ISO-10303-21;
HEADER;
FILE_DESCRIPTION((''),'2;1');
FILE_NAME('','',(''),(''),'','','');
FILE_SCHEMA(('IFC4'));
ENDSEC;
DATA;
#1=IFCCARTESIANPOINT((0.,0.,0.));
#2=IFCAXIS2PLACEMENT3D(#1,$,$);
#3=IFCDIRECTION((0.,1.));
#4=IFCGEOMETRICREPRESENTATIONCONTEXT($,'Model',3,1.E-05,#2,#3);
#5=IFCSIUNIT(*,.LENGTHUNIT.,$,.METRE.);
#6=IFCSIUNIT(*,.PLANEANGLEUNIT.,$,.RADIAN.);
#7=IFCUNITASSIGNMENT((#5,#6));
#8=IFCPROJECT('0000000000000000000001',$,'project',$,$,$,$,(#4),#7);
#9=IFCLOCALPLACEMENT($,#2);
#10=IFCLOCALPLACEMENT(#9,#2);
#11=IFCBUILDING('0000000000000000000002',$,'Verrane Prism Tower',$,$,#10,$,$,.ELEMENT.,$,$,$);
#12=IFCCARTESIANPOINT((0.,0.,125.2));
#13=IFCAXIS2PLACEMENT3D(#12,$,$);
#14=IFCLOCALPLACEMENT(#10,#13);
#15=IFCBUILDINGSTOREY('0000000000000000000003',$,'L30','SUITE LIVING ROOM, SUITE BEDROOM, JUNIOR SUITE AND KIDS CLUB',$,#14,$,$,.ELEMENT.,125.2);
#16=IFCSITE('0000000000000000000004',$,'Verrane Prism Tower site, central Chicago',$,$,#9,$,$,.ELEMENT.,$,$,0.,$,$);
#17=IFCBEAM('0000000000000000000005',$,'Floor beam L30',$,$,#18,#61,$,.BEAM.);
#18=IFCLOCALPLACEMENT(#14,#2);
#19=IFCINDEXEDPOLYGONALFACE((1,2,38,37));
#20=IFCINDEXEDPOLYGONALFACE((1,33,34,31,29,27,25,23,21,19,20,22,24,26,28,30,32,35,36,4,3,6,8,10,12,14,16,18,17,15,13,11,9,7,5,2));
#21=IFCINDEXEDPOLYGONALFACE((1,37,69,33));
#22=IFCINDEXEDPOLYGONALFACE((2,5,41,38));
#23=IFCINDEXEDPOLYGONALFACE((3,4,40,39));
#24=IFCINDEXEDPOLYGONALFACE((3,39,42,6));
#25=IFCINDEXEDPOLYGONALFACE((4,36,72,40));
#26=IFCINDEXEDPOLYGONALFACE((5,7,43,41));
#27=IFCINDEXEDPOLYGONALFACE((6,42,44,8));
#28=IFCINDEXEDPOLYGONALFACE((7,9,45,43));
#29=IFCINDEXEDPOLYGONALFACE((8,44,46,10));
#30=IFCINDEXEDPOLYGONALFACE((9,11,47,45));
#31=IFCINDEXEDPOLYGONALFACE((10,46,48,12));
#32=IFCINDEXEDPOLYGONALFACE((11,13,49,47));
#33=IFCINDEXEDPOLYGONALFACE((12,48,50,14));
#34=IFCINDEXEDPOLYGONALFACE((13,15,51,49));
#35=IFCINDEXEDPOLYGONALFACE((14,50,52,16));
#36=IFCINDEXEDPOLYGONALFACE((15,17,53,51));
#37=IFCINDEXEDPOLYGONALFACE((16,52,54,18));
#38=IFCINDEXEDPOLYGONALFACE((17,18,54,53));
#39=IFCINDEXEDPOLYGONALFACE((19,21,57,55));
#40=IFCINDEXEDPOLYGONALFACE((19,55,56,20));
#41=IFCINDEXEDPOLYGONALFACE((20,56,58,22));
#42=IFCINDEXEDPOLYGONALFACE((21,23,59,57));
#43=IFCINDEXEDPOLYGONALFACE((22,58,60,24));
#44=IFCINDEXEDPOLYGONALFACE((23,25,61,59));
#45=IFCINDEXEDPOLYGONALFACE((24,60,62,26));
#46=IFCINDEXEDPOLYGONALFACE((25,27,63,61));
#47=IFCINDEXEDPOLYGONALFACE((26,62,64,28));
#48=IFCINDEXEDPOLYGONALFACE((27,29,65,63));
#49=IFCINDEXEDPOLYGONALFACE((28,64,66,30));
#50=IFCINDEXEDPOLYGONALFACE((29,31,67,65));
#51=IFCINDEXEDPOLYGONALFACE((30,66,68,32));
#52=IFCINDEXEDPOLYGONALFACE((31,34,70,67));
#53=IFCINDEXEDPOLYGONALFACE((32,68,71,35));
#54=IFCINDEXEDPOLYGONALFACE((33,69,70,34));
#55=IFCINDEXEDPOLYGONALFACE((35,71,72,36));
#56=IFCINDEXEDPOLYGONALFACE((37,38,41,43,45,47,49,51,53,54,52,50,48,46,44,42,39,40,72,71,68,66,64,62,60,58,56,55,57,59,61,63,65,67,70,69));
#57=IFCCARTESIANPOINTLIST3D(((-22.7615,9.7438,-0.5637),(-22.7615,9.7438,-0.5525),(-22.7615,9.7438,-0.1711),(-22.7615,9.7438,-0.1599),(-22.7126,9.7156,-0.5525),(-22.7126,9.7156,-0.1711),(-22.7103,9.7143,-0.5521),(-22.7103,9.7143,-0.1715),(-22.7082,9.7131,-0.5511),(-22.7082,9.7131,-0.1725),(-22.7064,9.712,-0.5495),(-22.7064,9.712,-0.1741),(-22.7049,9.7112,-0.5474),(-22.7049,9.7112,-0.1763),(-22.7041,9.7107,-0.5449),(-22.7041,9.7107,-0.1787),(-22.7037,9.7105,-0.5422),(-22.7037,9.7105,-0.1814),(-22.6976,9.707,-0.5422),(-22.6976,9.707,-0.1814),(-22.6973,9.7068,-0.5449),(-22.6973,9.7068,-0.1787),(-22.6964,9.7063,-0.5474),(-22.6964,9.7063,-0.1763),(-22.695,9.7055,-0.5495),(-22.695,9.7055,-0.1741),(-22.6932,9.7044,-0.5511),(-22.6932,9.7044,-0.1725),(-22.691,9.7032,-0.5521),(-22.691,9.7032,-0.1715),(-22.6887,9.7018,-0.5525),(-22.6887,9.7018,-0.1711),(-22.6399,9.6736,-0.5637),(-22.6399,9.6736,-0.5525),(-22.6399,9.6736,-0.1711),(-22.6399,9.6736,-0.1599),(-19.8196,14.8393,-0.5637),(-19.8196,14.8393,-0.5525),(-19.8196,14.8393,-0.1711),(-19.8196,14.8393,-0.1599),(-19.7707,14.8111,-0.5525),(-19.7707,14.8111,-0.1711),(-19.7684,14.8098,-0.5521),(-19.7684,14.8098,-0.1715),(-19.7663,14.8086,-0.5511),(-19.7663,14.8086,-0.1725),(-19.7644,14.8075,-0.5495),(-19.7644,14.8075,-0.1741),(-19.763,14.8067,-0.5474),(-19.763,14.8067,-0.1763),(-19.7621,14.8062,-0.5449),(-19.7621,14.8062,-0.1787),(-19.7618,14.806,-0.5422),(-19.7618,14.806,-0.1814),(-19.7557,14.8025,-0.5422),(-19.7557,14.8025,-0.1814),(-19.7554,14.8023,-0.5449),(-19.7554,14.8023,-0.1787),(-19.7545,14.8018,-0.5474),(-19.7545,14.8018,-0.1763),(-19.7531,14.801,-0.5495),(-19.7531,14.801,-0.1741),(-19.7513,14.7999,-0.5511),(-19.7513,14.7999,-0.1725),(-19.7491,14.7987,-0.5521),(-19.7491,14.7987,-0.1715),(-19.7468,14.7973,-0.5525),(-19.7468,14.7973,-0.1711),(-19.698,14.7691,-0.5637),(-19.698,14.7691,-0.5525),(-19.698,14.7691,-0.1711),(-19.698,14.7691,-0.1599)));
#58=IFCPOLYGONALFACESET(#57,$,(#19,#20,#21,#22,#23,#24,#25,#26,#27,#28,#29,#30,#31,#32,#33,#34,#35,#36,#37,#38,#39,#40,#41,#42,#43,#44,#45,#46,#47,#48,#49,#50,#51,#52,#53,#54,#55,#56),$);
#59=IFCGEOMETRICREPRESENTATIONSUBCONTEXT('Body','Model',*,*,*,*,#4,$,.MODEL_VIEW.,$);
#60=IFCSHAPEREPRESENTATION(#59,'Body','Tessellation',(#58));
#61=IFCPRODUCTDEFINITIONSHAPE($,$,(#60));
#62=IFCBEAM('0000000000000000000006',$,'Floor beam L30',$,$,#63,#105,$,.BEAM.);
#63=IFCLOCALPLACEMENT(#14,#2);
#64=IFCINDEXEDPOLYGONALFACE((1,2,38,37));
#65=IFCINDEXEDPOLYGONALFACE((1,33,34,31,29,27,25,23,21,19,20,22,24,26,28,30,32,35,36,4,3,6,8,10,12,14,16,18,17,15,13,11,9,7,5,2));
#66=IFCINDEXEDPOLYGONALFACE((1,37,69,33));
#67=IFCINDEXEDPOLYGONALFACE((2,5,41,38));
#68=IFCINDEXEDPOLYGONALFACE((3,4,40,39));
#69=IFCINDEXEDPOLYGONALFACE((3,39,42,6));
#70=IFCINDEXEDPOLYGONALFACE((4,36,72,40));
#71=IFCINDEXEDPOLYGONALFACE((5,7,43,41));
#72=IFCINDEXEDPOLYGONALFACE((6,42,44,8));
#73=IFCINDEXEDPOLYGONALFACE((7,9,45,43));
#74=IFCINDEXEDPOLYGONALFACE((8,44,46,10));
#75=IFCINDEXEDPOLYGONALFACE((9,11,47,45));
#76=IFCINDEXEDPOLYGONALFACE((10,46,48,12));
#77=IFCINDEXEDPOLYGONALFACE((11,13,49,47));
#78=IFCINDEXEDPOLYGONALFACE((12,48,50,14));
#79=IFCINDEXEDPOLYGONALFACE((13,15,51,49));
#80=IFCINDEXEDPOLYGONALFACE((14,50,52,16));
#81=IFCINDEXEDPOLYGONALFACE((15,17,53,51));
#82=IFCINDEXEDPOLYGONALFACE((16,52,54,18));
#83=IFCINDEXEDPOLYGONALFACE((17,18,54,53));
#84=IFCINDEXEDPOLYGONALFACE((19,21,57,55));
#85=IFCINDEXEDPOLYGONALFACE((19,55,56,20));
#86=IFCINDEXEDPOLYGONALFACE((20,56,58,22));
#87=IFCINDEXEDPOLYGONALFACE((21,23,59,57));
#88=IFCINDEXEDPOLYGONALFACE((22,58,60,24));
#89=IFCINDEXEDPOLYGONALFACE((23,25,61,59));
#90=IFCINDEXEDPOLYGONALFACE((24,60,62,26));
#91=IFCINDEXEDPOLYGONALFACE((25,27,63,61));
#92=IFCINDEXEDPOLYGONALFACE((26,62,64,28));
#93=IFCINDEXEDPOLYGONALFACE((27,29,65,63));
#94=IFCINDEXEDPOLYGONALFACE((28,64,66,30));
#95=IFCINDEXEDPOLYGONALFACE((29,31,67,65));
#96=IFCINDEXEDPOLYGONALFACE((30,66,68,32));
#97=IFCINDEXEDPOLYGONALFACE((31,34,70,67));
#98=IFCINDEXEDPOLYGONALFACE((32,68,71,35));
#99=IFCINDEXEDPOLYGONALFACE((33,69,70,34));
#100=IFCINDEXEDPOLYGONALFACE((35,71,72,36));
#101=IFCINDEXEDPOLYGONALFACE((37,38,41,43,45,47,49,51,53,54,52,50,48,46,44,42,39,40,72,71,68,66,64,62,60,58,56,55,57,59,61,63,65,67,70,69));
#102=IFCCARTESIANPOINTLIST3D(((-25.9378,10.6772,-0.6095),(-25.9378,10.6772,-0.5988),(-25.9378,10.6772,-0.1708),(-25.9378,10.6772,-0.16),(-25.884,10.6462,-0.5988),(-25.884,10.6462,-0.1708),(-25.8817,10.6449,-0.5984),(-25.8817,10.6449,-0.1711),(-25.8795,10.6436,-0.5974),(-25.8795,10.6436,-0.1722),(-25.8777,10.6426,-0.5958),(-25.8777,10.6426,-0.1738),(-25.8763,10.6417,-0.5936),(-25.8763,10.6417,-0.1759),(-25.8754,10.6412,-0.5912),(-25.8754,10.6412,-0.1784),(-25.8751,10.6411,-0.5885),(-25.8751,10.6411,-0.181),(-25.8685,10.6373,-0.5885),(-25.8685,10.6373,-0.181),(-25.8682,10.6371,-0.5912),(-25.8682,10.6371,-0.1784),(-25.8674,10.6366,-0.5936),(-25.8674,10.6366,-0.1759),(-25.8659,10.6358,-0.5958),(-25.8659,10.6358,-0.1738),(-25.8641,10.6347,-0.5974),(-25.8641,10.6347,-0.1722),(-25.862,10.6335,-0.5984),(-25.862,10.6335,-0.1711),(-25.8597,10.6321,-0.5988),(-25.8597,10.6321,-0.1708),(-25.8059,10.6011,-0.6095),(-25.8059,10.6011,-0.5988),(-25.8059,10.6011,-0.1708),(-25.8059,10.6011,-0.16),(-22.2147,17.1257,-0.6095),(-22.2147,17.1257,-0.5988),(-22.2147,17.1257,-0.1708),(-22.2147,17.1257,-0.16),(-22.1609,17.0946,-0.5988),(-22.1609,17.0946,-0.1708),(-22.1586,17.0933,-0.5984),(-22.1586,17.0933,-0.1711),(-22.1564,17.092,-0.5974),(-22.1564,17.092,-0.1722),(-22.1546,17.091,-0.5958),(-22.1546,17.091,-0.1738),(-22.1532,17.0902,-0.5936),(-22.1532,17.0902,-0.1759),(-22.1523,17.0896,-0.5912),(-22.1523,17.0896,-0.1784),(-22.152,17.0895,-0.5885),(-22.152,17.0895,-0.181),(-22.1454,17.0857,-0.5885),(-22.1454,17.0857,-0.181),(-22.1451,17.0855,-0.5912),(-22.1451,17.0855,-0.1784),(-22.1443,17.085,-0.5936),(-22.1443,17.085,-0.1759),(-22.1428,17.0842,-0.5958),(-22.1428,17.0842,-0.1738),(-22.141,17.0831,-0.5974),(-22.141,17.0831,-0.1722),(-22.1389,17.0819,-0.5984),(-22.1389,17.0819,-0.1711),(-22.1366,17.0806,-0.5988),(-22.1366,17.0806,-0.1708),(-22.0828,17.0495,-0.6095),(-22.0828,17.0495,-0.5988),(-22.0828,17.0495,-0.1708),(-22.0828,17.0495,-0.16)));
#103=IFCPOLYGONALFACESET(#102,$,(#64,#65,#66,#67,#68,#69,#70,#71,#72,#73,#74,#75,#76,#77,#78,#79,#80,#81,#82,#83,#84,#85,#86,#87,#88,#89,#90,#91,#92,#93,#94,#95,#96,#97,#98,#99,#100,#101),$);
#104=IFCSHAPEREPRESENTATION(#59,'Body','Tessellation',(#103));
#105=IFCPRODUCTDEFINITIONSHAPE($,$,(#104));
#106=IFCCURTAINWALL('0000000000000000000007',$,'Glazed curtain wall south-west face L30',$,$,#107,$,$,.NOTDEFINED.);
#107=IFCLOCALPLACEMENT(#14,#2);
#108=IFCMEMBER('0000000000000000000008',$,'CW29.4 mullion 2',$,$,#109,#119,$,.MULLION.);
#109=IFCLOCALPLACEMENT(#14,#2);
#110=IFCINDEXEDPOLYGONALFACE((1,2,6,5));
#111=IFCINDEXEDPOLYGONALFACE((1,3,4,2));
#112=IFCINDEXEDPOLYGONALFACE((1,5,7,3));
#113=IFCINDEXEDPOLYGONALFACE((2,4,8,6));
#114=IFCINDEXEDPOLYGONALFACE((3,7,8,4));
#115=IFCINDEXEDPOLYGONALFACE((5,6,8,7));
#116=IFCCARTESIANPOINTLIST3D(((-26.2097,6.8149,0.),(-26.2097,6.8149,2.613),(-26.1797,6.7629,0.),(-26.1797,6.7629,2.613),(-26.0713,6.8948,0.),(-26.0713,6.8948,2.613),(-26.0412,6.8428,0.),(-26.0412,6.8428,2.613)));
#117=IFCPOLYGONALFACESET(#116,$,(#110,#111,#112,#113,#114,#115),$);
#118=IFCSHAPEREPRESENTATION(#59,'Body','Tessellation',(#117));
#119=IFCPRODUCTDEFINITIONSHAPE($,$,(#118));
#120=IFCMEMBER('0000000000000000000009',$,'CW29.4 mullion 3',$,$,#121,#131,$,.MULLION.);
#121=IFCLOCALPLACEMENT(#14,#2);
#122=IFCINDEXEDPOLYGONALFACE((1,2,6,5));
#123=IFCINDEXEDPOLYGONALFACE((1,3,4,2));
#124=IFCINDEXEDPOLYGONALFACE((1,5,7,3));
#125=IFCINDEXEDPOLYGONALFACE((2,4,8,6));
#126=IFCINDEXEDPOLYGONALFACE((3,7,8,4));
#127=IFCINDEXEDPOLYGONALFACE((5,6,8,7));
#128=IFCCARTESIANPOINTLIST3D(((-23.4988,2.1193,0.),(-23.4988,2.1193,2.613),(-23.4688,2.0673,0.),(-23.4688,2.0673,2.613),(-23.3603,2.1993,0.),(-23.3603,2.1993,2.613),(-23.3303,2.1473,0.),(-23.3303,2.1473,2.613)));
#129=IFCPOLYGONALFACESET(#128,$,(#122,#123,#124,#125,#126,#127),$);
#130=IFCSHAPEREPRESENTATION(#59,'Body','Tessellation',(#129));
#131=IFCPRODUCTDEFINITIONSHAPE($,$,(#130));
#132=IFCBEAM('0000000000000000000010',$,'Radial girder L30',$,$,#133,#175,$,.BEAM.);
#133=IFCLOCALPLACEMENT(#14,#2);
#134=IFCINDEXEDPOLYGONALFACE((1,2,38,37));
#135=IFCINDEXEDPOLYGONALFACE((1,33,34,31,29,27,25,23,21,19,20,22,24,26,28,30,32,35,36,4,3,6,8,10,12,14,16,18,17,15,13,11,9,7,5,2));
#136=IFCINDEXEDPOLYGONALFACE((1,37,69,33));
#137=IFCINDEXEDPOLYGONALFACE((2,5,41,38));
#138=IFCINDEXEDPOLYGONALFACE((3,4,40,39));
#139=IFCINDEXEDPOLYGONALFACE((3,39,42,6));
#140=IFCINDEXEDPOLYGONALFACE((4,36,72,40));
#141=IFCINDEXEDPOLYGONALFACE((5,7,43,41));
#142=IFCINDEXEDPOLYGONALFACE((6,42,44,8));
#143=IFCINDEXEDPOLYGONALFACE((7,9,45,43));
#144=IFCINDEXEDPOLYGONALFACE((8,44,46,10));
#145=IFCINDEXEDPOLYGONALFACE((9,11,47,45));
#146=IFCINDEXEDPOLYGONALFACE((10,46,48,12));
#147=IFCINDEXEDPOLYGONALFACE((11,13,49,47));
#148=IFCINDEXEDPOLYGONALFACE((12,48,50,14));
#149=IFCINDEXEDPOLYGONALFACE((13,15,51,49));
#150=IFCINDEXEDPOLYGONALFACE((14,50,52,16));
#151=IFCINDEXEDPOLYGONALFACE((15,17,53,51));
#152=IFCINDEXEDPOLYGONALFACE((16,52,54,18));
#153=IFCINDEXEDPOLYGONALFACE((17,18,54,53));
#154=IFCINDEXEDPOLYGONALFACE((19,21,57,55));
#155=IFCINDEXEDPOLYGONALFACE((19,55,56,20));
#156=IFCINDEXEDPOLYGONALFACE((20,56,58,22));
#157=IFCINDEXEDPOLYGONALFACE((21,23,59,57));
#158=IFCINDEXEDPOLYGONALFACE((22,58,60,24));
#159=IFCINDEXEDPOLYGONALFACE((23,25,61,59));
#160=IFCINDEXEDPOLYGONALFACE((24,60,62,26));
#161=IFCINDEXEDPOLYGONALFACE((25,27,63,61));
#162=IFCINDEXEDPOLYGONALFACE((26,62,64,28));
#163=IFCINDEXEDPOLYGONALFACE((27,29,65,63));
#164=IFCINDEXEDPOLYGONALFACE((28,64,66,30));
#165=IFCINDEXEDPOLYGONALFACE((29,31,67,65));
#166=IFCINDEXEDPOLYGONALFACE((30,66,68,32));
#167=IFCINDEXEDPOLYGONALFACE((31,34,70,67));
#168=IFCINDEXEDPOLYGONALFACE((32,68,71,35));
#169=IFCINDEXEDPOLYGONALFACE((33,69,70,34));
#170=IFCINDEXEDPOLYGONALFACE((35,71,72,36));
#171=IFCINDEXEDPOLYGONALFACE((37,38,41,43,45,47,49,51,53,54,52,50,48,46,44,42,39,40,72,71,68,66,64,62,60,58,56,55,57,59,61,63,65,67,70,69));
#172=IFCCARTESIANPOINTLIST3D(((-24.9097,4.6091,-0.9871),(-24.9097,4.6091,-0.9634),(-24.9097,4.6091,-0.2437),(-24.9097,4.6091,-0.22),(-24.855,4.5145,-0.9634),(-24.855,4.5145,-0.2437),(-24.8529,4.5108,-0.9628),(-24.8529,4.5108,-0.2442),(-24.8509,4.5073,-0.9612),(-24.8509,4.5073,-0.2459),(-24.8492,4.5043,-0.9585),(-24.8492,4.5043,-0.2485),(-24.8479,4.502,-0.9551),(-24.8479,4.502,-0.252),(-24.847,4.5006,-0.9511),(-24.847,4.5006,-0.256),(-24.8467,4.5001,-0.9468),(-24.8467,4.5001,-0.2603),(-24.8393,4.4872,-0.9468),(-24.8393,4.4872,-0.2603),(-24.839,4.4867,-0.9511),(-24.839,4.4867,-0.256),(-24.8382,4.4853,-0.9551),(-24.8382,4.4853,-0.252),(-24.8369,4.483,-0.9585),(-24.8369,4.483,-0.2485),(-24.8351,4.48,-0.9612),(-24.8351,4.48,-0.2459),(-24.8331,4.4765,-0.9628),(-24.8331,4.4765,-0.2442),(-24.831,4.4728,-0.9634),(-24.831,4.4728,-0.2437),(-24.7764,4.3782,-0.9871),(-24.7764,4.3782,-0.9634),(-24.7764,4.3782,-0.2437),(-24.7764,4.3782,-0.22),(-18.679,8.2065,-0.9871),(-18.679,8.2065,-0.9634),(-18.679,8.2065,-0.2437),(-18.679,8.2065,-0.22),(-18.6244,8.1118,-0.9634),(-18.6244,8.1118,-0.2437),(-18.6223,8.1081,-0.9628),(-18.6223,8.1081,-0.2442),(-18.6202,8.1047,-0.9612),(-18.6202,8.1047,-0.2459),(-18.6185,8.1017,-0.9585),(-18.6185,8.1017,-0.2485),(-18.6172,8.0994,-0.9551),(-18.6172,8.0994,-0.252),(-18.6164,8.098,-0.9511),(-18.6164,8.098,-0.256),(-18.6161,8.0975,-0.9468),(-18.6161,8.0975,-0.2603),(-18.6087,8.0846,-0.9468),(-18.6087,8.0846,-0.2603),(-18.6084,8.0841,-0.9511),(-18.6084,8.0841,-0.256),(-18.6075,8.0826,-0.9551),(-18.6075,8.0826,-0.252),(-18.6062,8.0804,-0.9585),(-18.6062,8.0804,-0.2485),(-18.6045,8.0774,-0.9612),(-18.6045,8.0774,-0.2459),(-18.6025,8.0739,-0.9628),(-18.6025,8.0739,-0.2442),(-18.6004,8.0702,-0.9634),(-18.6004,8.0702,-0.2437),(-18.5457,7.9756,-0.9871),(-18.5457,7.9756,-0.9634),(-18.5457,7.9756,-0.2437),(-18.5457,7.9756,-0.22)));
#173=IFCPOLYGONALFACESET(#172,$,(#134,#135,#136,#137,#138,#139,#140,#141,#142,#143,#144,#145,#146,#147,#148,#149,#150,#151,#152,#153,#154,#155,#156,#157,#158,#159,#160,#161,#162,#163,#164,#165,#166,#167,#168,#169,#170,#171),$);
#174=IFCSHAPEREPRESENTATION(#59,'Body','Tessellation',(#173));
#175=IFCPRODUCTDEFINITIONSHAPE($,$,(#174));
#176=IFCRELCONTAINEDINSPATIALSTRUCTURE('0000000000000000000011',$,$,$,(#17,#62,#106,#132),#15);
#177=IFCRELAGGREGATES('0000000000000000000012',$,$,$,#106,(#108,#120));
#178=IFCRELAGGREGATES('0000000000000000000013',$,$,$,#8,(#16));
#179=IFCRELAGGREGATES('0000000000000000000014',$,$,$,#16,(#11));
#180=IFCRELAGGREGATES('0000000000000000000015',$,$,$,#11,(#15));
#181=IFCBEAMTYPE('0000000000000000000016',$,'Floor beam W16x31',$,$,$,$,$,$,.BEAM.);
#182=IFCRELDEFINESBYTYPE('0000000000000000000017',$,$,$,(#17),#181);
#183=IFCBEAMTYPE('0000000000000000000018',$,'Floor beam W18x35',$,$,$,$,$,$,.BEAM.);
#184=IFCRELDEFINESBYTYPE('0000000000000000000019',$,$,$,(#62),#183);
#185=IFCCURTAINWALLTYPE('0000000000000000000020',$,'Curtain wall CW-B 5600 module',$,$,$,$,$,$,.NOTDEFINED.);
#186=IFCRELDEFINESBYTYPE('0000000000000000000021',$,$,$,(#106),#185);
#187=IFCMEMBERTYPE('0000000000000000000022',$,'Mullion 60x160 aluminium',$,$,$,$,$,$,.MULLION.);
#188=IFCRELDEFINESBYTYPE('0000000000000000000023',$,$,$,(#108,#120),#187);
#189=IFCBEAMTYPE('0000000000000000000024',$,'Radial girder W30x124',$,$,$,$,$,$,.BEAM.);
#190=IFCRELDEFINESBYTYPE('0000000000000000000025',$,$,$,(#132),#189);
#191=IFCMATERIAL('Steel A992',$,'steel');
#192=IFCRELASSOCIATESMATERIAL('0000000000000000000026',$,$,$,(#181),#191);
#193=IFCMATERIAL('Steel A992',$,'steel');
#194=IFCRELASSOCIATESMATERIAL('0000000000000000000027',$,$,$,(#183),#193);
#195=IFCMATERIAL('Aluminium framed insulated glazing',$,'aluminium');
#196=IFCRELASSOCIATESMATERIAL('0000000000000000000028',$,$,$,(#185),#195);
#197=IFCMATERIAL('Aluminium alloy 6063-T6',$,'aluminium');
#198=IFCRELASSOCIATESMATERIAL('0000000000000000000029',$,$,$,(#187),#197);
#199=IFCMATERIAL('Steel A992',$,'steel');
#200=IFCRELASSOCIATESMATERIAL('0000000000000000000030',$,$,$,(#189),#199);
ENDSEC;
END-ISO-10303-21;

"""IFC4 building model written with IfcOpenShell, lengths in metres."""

from ifc_helpers import new_model, si_unit, direction, frame, origin, origin_2d, place, context, subcontext, project, spatial, rectangle, i_section, extrude, material, material_profile, profile_set, type_object, element, aggregate, save


model = new_model("IFC4")

# Units and contexts
model_context = context("Model", 3, precision=1e-05, world=origin(), true_north=direction((0.0, 1.0)))
body_context = subcontext(model_context, "Body", "Model", "MODEL_VIEW")
ifc_project = project(units=[si_unit("LENGTHUNIT", "METRE"), si_unit("PLANEANGLEUNIT", "RADIAN")], contexts=[model_context])

# Site, building, storey
site_placement = place(None, origin())
site = spatial("IfcSite", under=ifc_project, at=site_placement, Name="Verrane Prism Tower site, central Chicago", CompositionType="ELEMENT", RefElevation=0.0)
building_placement = place(site_placement, origin())
building = spatial("IfcBuilding", under=site, at=building_placement, Name="Verrane Prism Tower", CompositionType="ELEMENT")
storey_placement = place(building_placement, frame((0.0, 0.0, 125.2)))
storey = spatial("IfcBuildingStorey", under=building, at=storey_placement, Name="L30", Description="SUITE LIVING ROOM, SUITE BEDROOM, JUNIOR SUITE AND KIDS CLUB", CompositionType="ELEMENT", Elevation=125.2)

# Beams
ifc_material_1 = material(Name="Steel A992", Category="steel")
ifc_material_profile_1 = material_profile(ifc_material_1, i_section(OverallWidth=0.1404, OverallDepth=0.4038, WebThickness=0.0071, FlangeThickness=0.0112, FilletRadius=0.0103, at=origin_2d()), Name="W16x31")
ifc_profile_set_1 = profile_set([ifc_material_profile_1], Name="Steel A992")
beam_type_1 = type_object("IfcBeamType", Name="Floor beam W16x31", PredefinedType="BEAM", material=ifc_profile_set_1)
beam_1_placement = place(storey_placement, frame((-22.7007, 9.7087, -0.3618), z_axis=(0.500004, 0.866023, 0.0), x_axis=(-0.866023, 0.500004, 0.0)))
element("IfcBeam", 1, at=beam_1_placement, inside=storey, type_object=beam_type_1, Name="Floor beam L30", PredefinedType="BEAM", context=body_context, shape_type="SweptSolid", body=[
    extrude(i_section(OverallWidth=0.1404, OverallDepth=0.4038, WebThickness=0.0071, FlangeThickness=0.0112, FilletRadius=0.0103, at=origin_2d()), origin(), (0.0, 0.0, 1.0), 5.8838),
])
ifc_material_2 = material(Name="Steel A992", Category="steel")
ifc_material_profile_2 = material_profile(ifc_material_2, i_section(OverallWidth=0.1523, OverallDepth=0.4495, WebThickness=0.0076, FlangeThickness=0.0107, FilletRadius=0.0103, at=origin_2d()), Name="W18x35")
ifc_profile_set_2 = profile_set([ifc_material_profile_2], Name="Steel A992")
beam_type_2 = type_object("IfcBeamType", Name="Floor beam W18x35", PredefinedType="BEAM", material=ifc_profile_set_2)
beam_2_placement = place(storey_placement, frame((-25.8718, 10.6392, -0.3848), z_axis=(0.500011, 0.866019, 0.0), x_axis=(-0.866019, 0.500011, 0.0)))
element("IfcBeam", 2, at=beam_2_placement, inside=storey, type_object=beam_type_2, Name="Floor beam L30", PredefinedType="BEAM", context=body_context, shape_type="SweptSolid", body=[
    extrude(i_section(OverallWidth=0.1523, OverallDepth=0.4495, WebThickness=0.0076, FlangeThickness=0.0107, FilletRadius=0.0103, at=origin_2d()), origin(), (0.0, 0.0, 1.0), 7.446),
])

# Curtain wall, members
ifc_material_3 = material(Name="Aluminium framed insulated glazing", Category="aluminium")
curtain_wall_type = type_object("IfcCurtainWallType", Name="Curtain wall CW-B 5600 module", PredefinedType="NOTDEFINED", material=ifc_material_3)
curtain_wall_placement = place(storey_placement, origin())
curtain_wall = element("IfcCurtainWall", 3, at=curtain_wall_placement, inside=storey, type_object=curtain_wall_type, Name="Glazed curtain wall south-west face L30", PredefinedType="NOTDEFINED")
ifc_material_4 = material(Name="Aluminium alloy 6063-T6", Category="aluminium")
ifc_material_profile_3 = material_profile(ifc_material_4, rectangle(XDim=0.1599, YDim=0.0601, at=origin_2d()), Name="Mullion 60x160 aluminium")
ifc_profile_set_3 = profile_set([ifc_material_profile_3], Name="Aluminium alloy 6063-T6")
member_type_1 = type_object("IfcMemberType", Name="Mullion 60x160 aluminium", PredefinedType="MULLION", material=ifc_profile_set_3)
member_1_placement = place(storey_placement, frame((-26.1255, 6.8289, 0.0), z_axis=(0.0, 0.0, 1.0), x_axis=(0.866025, 0.5, 0.0)))
member_1 = element("IfcMember", 4, at=member_1_placement, type_object=member_type_1, Name="CW29.4 mullion 2", PredefinedType="MULLION", context=body_context, shape_type="SweptSolid", body=[
    extrude(rectangle(XDim=0.1599, YDim=0.0601, at=origin_2d()), origin(), (0.0, 0.0, 1.0), 2.613),
])
member_2_placement = place(storey_placement, frame((-23.4146, 2.1333, 0.0), z_axis=(0.0, 0.0, 1.0), x_axis=(0.866025, 0.5, 0.0)))
member_2 = element("IfcMember", 5, at=member_2_placement, type_object=member_type_1, Name="CW29.4 mullion 3", PredefinedType="MULLION", context=body_context, shape_type="SweptSolid", body=[
    extrude(rectangle(XDim=0.1599, YDim=0.0601, at=origin_2d()), origin(), (0.0, 0.0, 1.0), 2.613),
])

# Beam
ifc_material_5 = material(Name="Steel A992", Category="steel")
ifc_material_profile_4 = material_profile(ifc_material_5, i_section(OverallWidth=0.2666, OverallDepth=0.7671, WebThickness=0.0149, FlangeThickness=0.0237, FilletRadius=0.0166, at=origin_2d()), Name="W30x124")
ifc_profile_set_4 = profile_set([ifc_material_profile_4], Name="Steel A992")
beam_type_3 = type_object("IfcBeamType", Name="Radial girder W30x124", PredefinedType="BEAM", material=ifc_profile_set_4)
beam_3_placement = place(storey_placement, frame((-24.843, 4.4937, -0.6035), z_axis=(0.866019, 0.500011, 0.0), x_axis=(-0.500011, 0.866019, 0.0)))
element("IfcBeam", 6, at=beam_3_placement, inside=storey, type_object=beam_type_3, Name="Radial girder L30", PredefinedType="BEAM", context=body_context, shape_type="SweptSolid", body=[
    extrude(i_section(OverallWidth=0.2666, OverallDepth=0.7671, WebThickness=0.0149, FlangeThickness=0.0237, FilletRadius=0.0166, at=origin_2d()), origin(), (0.0, 0.0, 1.0), 7.1946),
])

aggregate(curtain_wall, [member_1, member_2])

save(model, "model.ifc")
